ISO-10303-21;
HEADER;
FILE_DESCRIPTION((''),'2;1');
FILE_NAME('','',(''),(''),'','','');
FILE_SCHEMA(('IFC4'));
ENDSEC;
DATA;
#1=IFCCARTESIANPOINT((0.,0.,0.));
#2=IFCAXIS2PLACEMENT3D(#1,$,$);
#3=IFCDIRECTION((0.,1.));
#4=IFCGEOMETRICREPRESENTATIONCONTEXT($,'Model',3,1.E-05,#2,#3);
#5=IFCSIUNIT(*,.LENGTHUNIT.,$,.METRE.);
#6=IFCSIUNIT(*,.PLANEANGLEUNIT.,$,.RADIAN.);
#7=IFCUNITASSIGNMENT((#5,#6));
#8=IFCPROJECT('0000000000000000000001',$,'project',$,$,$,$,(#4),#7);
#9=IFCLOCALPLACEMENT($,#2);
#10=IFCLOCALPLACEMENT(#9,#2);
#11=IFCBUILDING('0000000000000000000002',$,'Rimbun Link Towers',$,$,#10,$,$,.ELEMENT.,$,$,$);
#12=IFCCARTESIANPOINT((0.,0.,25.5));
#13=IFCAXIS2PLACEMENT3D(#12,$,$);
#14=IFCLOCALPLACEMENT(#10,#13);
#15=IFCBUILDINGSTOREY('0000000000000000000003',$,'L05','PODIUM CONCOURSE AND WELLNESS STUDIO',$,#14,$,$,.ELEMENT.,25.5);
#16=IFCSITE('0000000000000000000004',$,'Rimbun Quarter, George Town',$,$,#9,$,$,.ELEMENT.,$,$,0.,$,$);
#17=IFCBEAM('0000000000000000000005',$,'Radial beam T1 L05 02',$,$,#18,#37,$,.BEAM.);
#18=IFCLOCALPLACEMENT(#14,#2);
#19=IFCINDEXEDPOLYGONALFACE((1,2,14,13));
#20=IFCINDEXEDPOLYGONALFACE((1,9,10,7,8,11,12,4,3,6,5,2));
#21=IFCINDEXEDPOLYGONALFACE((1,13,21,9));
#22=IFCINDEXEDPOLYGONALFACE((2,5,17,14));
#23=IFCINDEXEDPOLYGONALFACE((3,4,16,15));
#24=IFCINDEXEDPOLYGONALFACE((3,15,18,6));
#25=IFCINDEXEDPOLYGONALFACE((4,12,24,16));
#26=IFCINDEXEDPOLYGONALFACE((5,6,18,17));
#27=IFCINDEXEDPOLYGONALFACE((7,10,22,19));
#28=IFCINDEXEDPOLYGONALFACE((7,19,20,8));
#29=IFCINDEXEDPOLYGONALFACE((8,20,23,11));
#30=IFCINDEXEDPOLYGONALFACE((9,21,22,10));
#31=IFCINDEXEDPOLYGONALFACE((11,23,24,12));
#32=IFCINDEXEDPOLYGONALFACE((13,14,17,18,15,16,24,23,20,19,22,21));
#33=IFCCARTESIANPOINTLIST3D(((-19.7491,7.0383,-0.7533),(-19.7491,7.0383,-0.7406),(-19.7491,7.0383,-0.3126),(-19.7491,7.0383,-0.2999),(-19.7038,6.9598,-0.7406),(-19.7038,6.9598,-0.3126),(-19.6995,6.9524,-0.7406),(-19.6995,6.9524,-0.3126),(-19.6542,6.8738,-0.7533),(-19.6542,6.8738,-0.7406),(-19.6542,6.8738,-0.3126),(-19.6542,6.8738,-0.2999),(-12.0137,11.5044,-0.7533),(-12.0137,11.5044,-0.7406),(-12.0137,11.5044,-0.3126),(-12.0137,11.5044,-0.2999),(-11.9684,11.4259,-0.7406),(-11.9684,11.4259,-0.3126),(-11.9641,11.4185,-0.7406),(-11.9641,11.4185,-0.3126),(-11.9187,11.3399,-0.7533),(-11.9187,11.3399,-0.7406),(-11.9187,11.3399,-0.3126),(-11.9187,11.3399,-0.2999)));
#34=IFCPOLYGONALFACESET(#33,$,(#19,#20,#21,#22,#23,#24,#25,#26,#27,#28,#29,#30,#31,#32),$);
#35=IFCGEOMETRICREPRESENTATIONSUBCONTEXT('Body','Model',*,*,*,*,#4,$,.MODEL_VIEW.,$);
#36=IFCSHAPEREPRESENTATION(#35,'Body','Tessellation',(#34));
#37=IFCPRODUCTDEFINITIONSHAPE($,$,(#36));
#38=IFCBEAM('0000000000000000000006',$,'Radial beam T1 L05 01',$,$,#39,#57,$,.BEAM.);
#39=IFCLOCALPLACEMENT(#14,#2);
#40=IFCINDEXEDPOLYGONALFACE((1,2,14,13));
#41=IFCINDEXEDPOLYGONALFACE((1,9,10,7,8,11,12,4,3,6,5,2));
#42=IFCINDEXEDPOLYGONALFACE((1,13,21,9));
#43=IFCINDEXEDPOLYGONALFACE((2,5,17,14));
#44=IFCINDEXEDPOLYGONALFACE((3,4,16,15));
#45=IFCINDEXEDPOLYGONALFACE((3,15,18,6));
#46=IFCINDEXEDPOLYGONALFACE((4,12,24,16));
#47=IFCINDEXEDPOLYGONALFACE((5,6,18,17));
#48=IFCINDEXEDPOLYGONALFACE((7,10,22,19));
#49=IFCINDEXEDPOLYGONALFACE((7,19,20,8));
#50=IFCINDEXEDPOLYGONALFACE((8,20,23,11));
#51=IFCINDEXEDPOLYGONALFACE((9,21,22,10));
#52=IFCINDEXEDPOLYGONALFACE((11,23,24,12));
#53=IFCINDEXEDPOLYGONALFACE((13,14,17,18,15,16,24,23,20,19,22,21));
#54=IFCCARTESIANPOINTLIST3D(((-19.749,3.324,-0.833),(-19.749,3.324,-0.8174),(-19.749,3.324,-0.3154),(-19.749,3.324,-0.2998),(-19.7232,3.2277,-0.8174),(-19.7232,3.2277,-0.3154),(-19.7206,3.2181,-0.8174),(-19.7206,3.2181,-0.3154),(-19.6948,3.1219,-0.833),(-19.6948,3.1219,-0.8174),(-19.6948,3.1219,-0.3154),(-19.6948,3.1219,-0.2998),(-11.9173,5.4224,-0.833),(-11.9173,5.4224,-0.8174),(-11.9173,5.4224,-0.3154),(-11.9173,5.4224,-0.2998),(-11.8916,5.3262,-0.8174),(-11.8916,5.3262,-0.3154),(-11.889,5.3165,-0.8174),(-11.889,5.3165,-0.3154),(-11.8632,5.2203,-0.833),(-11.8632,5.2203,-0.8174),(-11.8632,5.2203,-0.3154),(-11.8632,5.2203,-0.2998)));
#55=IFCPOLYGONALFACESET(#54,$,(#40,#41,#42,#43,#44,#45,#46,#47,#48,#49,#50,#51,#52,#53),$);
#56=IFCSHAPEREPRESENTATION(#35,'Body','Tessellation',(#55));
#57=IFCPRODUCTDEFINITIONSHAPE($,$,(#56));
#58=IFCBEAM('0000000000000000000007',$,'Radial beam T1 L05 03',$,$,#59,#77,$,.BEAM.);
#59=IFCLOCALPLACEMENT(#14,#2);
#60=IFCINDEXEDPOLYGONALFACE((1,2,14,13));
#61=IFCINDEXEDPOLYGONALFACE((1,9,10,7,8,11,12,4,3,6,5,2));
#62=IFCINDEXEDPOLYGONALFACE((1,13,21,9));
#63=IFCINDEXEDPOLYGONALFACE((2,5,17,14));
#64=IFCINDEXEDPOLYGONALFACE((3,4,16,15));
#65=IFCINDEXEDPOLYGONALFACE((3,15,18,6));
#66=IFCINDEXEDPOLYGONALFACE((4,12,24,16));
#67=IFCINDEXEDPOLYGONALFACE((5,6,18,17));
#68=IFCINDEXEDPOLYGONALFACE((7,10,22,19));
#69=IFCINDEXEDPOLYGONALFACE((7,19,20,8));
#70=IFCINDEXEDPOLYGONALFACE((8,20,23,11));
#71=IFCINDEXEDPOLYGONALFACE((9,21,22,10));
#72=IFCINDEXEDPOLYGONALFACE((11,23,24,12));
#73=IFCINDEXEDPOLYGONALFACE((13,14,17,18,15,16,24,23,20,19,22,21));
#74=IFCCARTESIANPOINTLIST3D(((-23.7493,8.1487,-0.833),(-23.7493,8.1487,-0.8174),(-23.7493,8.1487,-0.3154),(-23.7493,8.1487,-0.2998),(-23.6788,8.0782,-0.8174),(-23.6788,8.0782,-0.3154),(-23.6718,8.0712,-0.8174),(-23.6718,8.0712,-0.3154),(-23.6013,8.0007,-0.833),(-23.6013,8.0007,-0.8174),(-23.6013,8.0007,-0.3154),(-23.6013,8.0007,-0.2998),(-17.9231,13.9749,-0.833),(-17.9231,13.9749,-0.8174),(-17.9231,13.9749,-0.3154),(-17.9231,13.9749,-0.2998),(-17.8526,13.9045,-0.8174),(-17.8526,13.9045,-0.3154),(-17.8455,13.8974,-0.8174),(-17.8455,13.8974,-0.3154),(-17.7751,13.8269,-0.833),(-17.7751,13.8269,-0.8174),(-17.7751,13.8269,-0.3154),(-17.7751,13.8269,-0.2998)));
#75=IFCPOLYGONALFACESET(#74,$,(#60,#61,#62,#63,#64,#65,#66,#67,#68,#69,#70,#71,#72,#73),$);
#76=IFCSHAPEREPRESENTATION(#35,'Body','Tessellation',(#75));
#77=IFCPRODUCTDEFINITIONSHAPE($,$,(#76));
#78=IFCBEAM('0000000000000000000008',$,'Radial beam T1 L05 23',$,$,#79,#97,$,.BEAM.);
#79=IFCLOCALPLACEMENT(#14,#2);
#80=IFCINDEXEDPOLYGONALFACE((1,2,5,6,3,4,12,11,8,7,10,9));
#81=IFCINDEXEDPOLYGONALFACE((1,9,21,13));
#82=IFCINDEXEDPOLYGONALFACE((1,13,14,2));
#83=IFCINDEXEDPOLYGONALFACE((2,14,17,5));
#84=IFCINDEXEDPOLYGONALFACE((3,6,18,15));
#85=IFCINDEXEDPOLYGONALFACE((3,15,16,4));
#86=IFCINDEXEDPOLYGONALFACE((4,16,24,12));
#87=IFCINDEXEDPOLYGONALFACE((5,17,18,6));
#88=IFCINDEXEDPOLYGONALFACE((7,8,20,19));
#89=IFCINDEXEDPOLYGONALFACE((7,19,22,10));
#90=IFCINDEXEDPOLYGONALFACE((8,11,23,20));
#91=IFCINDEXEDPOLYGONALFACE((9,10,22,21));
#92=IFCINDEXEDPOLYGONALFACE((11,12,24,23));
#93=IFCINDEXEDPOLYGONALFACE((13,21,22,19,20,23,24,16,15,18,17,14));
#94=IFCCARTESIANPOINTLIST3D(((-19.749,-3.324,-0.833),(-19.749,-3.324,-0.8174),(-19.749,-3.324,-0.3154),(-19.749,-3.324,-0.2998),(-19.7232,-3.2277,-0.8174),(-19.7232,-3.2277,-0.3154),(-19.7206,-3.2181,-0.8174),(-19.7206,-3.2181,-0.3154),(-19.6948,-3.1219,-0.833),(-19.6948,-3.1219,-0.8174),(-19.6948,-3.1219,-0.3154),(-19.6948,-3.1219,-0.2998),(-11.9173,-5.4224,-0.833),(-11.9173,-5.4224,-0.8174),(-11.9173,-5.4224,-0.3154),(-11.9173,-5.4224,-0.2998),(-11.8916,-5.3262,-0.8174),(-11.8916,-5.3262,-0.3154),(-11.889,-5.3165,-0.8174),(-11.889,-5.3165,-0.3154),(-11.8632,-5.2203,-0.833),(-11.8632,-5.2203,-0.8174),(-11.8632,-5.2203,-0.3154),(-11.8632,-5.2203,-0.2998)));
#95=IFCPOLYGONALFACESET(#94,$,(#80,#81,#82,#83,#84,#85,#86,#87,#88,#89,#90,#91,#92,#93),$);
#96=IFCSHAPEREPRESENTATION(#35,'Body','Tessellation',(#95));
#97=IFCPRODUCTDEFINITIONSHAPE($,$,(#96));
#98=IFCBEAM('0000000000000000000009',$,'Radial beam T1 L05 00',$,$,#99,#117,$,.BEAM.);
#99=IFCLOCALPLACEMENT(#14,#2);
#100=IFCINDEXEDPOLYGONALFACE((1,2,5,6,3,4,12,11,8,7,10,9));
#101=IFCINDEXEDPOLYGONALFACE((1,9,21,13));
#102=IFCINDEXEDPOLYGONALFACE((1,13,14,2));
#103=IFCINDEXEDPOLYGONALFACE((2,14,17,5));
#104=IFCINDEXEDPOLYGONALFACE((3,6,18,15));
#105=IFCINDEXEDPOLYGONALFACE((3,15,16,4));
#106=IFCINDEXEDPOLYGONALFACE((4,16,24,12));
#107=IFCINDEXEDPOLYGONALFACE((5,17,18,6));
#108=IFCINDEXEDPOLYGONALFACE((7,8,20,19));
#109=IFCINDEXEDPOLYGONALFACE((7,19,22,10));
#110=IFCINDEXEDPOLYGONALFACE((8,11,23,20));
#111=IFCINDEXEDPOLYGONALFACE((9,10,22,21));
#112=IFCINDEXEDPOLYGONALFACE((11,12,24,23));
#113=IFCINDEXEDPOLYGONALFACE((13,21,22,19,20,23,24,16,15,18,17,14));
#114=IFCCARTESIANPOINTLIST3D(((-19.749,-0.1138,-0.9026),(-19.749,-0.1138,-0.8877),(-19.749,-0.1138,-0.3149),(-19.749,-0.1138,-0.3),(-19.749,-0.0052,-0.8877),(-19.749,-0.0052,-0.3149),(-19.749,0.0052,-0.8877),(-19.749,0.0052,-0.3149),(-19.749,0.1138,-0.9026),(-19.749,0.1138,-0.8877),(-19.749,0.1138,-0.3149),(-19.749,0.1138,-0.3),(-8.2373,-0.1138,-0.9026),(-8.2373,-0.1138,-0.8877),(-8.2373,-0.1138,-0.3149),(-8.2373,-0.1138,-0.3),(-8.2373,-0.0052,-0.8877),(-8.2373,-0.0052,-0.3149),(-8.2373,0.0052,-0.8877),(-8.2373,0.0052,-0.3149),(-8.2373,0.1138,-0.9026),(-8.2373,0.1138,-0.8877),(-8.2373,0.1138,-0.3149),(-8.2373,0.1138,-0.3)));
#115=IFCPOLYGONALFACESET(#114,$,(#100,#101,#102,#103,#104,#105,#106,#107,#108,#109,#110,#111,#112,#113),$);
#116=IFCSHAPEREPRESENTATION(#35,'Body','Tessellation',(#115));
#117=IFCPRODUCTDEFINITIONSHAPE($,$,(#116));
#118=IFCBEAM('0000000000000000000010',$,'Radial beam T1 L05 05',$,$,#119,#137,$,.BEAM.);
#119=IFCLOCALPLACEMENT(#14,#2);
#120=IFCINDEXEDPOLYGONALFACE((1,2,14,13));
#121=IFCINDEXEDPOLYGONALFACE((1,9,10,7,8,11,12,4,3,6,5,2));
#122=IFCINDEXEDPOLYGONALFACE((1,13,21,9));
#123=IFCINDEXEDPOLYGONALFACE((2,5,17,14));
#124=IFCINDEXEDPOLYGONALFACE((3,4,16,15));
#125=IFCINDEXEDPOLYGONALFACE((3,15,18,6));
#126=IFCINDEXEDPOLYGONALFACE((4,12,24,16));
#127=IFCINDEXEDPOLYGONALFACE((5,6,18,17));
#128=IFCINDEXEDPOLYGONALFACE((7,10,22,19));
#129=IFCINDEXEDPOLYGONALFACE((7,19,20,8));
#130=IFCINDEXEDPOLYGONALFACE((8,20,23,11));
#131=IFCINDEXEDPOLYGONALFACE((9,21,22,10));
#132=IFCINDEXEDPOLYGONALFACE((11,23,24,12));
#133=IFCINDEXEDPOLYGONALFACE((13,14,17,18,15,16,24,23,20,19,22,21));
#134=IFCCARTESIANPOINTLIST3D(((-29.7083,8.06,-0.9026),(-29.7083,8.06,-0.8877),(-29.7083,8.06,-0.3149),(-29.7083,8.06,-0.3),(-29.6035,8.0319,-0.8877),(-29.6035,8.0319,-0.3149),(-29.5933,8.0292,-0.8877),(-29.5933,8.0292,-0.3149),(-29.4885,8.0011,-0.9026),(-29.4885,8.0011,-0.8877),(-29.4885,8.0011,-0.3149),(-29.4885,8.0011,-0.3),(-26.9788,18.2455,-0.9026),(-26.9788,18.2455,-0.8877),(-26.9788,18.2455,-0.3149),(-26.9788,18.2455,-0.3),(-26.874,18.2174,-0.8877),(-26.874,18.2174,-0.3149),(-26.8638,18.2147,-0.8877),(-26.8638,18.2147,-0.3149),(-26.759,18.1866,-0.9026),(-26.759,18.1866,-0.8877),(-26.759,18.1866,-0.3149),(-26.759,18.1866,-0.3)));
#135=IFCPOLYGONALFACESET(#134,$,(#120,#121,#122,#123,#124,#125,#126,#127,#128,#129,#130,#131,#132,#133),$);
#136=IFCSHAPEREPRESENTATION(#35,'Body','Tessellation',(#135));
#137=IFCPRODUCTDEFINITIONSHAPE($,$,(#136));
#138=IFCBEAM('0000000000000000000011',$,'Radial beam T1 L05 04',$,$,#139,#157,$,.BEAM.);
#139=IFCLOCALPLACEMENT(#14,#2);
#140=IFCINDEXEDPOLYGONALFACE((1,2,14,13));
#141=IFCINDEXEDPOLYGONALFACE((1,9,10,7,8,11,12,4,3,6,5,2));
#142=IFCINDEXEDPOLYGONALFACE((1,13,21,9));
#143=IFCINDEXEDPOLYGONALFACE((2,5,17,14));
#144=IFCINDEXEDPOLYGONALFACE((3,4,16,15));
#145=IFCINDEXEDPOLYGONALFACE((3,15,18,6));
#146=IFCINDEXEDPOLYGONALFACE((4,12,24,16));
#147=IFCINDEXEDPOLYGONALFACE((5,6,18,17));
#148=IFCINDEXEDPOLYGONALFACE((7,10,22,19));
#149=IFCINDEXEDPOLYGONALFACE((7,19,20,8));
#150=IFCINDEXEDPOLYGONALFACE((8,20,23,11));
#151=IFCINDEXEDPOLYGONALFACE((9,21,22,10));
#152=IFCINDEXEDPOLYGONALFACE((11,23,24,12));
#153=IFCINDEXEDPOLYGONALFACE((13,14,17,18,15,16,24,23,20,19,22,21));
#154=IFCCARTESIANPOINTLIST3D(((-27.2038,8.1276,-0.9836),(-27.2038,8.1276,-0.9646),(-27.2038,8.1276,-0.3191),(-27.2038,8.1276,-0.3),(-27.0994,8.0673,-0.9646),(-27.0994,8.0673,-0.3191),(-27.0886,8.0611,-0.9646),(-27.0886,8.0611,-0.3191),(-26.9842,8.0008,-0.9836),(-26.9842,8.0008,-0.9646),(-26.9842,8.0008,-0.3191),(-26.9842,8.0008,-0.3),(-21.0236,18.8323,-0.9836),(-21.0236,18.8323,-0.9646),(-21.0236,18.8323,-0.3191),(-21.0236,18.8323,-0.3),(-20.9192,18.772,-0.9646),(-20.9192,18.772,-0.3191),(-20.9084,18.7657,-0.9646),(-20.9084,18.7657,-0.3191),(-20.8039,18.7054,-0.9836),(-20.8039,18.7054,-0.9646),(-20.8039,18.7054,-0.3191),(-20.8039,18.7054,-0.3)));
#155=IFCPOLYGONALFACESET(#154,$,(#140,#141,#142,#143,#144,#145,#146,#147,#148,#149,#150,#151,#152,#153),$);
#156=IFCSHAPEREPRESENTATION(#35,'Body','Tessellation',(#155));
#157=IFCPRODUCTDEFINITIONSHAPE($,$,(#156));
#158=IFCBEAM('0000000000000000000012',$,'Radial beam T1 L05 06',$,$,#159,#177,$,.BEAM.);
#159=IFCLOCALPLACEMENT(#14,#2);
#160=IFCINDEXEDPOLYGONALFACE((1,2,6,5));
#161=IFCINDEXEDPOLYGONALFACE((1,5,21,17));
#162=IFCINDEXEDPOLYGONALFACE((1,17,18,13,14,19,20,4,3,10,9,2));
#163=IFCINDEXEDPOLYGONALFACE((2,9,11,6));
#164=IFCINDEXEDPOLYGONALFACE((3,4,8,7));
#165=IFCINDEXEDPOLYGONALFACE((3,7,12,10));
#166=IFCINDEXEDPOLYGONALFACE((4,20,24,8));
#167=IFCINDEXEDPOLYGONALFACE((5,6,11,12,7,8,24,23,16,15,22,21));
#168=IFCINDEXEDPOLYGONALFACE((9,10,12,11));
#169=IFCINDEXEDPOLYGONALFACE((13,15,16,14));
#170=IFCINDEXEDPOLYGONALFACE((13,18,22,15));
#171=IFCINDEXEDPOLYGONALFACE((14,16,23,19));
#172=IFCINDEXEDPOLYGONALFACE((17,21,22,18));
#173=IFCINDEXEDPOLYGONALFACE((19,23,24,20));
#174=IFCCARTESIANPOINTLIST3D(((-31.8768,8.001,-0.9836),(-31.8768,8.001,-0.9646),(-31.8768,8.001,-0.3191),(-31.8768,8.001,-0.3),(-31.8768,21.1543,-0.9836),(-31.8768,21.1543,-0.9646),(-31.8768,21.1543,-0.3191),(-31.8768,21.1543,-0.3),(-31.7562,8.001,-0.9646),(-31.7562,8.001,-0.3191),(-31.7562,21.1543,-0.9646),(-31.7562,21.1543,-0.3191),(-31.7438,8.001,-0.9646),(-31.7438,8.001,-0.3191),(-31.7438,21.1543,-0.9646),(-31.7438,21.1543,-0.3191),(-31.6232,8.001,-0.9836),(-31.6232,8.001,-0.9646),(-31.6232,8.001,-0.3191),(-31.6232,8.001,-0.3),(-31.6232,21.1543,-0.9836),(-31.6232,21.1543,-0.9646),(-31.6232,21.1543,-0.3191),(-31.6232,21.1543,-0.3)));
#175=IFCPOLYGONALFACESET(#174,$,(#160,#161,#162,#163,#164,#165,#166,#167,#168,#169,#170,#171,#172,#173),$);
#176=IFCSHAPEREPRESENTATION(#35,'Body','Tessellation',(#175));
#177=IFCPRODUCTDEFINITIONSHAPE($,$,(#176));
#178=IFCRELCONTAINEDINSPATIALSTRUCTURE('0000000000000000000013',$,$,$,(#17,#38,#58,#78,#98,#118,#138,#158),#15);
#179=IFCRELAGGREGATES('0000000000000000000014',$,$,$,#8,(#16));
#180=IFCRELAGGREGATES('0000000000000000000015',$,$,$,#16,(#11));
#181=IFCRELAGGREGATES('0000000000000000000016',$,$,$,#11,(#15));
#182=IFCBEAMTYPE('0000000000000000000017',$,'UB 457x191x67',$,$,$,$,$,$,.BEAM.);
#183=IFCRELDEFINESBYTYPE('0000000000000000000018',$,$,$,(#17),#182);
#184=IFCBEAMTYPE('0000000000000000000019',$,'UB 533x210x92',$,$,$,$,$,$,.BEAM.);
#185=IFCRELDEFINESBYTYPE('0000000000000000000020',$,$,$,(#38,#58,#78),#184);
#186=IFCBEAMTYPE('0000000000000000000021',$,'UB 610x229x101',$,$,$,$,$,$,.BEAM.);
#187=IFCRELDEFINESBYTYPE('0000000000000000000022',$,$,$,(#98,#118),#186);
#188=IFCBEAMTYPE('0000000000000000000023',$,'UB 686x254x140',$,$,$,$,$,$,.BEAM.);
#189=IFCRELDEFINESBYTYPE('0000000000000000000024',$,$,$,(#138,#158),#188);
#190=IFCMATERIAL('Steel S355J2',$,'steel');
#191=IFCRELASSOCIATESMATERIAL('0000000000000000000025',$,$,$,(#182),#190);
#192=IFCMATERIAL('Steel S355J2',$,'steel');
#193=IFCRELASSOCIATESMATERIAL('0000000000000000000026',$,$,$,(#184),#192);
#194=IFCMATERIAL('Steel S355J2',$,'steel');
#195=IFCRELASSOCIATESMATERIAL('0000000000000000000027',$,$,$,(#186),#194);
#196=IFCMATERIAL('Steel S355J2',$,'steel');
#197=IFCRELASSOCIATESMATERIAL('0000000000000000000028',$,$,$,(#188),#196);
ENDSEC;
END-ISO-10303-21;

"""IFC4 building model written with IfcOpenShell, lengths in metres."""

from ifc_helpers import new_model, si_unit, direction, frame, origin, origin_2d, place, context, subcontext, project, spatial, i_section, extrude, material, material_profile, profile_set, type_object, element, save


model = new_model("IFC4")

# Units and contexts
model_context = context("Model", 3, precision=1e-05, world=origin(), true_north=direction((0.0, 1.0)))
body_context = subcontext(model_context, "Body", "Model", "MODEL_VIEW")
ifc_project = project(units=[si_unit("LENGTHUNIT", "METRE"), si_unit("PLANEANGLEUNIT", "RADIAN")], contexts=[model_context])

# Site, building, storey
site_placement = place(None, origin())
site = spatial("IfcSite", under=ifc_project, at=site_placement, Name="Rimbun Quarter, George Town", CompositionType="ELEMENT", RefElevation=0.0)
building_placement = place(site_placement, origin())
building = spatial("IfcBuilding", under=site, at=building_placement, Name="Rimbun Link Towers", CompositionType="ELEMENT")
storey_placement = place(building_placement, frame((0.0, 0.0, 25.5)))
storey = spatial("IfcBuildingStorey", under=building, at=storey_placement, Name="L05", Description="PODIUM CONCOURSE AND WELLNESS STUDIO", CompositionType="ELEMENT", Elevation=25.5)

# Beams
ifc_material_1 = material(Name="Steel S355J2", Category="steel")
ifc_material_profile_1 = material_profile(ifc_material_1, i_section(OverallWidth=0.1899, OverallDepth=0.4534, WebThickness=0.0085, FlangeThickness=0.0127, at=origin_2d()), Name="UB 457x191x67")
ifc_profile_set_1 = profile_set([ifc_material_profile_1], Name="Steel S355J2")
beam_type_1 = type_object("IfcBeamType", Name="UB 457x191x67", PredefinedType="BEAM", material=ifc_profile_set_1)
beam_1_placement = place(storey_placement, frame((-19.7017, 6.9561, -0.5266), z_axis=(0.866023, 0.500005, 0.0), x_axis=(-0.500005, 0.866023, 0.0)))
element("IfcBeam", 1, at=beam_1_placement, inside=storey, type_object=beam_type_1, Name="Radial beam T1 L05 02", PredefinedType="BEAM", context=body_context, shape_type="SweptSolid", body=[
    extrude(i_section(OverallWidth=0.1899, OverallDepth=0.4534, WebThickness=0.0085, FlangeThickness=0.0127, at=origin_2d()), origin(), (0.0, 0.0, 1.0), 8.9321),
])
ifc_material_2 = material(Name="Steel S355J2", Category="steel")
ifc_material_profile_2 = material_profile(ifc_material_2, i_section(OverallWidth=0.2092, OverallDepth=0.5332, WebThickness=0.01, FlangeThickness=0.0156, at=origin_2d()), Name="UB 533x210x92")
ifc_profile_set_2 = profile_set([ifc_material_profile_2], Name="Steel S355J2")
beam_type_2 = type_object("IfcBeamType", Name="UB 533x210x92", PredefinedType="BEAM", material=ifc_profile_set_2)
beam_2_placement = place(storey_placement, frame((-19.7219, 3.2229, -0.5664), z_axis=(0.965928, 0.258811, 0.0), x_axis=(-0.258811, 0.965928, 0.0)))
element("IfcBeam", 2, at=beam_2_placement, inside=storey, type_object=beam_type_2, Name="Radial beam T1 L05 01", PredefinedType="BEAM", context=body_context, shape_type="SweptSolid", body=[
    extrude(i_section(OverallWidth=0.2092, OverallDepth=0.5332, WebThickness=0.01, FlangeThickness=0.0156, at=origin_2d()), origin(), (0.0, 0.0, 1.0), 8.1079),
])
beam_3_placement = place(storey_placement, frame((-23.6753, 8.0747, -0.5664), z_axis=(0.707107, 0.707107, 0.0), x_axis=(-0.707107, 0.707107, 0.0)))
element("IfcBeam", 3, at=beam_3_placement, inside=storey, type_object=beam_type_2, Name="Radial beam T1 L05 03", PredefinedType="BEAM", context=body_context, shape_type="SweptSolid", body=[
    extrude(i_section(OverallWidth=0.2092, OverallDepth=0.5332, WebThickness=0.01, FlangeThickness=0.0156, at=origin_2d()), origin(), (0.0, 0.0, 1.0), 8.2395),
])
beam_4_placement = place(storey_placement, frame((-19.7219, -3.2229, -0.5664), z_axis=(0.965928, -0.258811, 0.0), x_axis=(0.258811, 0.965928, 0.0)))
element("IfcBeam", 4, at=beam_4_placement, inside=storey, type_object=beam_type_2, Name="Radial beam T1 L05 23", PredefinedType="BEAM", context=body_context, shape_type="SweptSolid", body=[
    extrude(i_section(OverallWidth=0.2092, OverallDepth=0.5332, WebThickness=0.01, FlangeThickness=0.0156, at=origin_2d()), origin(), (0.0, 0.0, 1.0), 8.1079),
])
ifc_material_3 = material(Name="Steel S355J2", Category="steel")
ifc_material_profile_3 = material_profile(ifc_material_3, i_section(OverallWidth=0.2275, OverallDepth=0.6025, WebThickness=0.0105, FlangeThickness=0.0149, at=origin_2d()), Name="UB 610x229x101")
ifc_profile_set_3 = profile_set([ifc_material_profile_3], Name="Steel S355J2")
beam_type_3 = type_object("IfcBeamType", Name="UB 610x229x101", PredefinedType="BEAM", material=ifc_profile_set_3)
beam_5_placement = place(storey_placement, frame((-19.749, 0.0, -0.6013), z_axis=(1.0, 0.0, 0.0), x_axis=(0.0, 1.0, 0.0)))
element("IfcBeam", 5, at=beam_5_placement, inside=storey, type_object=beam_type_3, Name="Radial beam T1 L05 00", PredefinedType="BEAM", context=body_context, shape_type="SweptSolid", body=[
    extrude(i_section(OverallWidth=0.2275, OverallDepth=0.6025, WebThickness=0.0105, FlangeThickness=0.0149, at=origin_2d()), origin(), (0.0, 0.0, 1.0), 11.5117),
])
beam_6_placement = place(storey_placement, frame((-29.5984, 8.0305, -0.6013), z_axis=(0.258844, 0.965919, 0.0), x_axis=(-0.965919, 0.258844, 0.0)))
element("IfcBeam", 6, at=beam_6_placement, inside=storey, type_object=beam_type_3, Name="Radial beam T1 L05 05", PredefinedType="BEAM", context=body_context, shape_type="SweptSolid", body=[
    extrude(i_section(OverallWidth=0.2275, OverallDepth=0.6025, WebThickness=0.0105, FlangeThickness=0.0149, at=origin_2d()), origin(), (0.0, 0.0, 1.0), 10.5449),
])
ifc_material_4 = material(Name="Steel S355J2", Category="steel")
ifc_material_profile_4 = material_profile(ifc_material_4, i_section(OverallWidth=0.2537, OverallDepth=0.6836, WebThickness=0.0125, FlangeThickness=0.019, at=origin_2d()), Name="UB 686x254x140")
ifc_profile_set_4 = profile_set([ifc_material_profile_4], Name="Steel S355J2")
beam_type_4 = type_object("IfcBeamType", Name="UB 686x254x140", PredefinedType="BEAM", material=ifc_profile_set_4)
beam_7_placement = place(storey_placement, frame((-27.094, 8.0642, -0.6418), z_axis=(0.499993, 0.86603, 0.0), x_axis=(-0.86603, 0.499993, 0.0)))
element("IfcBeam", 7, at=beam_7_placement, inside=storey, type_object=beam_type_4, Name="Radial beam T1 L05 04", PredefinedType="BEAM", context=body_context, shape_type="SweptSolid", body=[
    extrude(i_section(OverallWidth=0.2537, OverallDepth=0.6836, WebThickness=0.0125, FlangeThickness=0.019, at=origin_2d()), origin(), (0.0, 0.0, 1.0), 12.3606),
])
beam_8_placement = place(storey_placement, frame((-31.75, 8.001, -0.6418), z_axis=(0.0, 1.0, 0.0), x_axis=(-1.0, 0.0, 0.0)))
element("IfcBeam", 8, at=beam_8_placement, inside=storey, type_object=beam_type_4, Name="Radial beam T1 L05 06", PredefinedType="BEAM", context=body_context, shape_type="SweptSolid", body=[
    extrude(i_section(OverallWidth=0.2537, OverallDepth=0.6836, WebThickness=0.0125, FlangeThickness=0.019, at=origin_2d()), origin(), (0.0, 0.0, 1.0), 13.1533),
])

save(model, "model.ifc")
